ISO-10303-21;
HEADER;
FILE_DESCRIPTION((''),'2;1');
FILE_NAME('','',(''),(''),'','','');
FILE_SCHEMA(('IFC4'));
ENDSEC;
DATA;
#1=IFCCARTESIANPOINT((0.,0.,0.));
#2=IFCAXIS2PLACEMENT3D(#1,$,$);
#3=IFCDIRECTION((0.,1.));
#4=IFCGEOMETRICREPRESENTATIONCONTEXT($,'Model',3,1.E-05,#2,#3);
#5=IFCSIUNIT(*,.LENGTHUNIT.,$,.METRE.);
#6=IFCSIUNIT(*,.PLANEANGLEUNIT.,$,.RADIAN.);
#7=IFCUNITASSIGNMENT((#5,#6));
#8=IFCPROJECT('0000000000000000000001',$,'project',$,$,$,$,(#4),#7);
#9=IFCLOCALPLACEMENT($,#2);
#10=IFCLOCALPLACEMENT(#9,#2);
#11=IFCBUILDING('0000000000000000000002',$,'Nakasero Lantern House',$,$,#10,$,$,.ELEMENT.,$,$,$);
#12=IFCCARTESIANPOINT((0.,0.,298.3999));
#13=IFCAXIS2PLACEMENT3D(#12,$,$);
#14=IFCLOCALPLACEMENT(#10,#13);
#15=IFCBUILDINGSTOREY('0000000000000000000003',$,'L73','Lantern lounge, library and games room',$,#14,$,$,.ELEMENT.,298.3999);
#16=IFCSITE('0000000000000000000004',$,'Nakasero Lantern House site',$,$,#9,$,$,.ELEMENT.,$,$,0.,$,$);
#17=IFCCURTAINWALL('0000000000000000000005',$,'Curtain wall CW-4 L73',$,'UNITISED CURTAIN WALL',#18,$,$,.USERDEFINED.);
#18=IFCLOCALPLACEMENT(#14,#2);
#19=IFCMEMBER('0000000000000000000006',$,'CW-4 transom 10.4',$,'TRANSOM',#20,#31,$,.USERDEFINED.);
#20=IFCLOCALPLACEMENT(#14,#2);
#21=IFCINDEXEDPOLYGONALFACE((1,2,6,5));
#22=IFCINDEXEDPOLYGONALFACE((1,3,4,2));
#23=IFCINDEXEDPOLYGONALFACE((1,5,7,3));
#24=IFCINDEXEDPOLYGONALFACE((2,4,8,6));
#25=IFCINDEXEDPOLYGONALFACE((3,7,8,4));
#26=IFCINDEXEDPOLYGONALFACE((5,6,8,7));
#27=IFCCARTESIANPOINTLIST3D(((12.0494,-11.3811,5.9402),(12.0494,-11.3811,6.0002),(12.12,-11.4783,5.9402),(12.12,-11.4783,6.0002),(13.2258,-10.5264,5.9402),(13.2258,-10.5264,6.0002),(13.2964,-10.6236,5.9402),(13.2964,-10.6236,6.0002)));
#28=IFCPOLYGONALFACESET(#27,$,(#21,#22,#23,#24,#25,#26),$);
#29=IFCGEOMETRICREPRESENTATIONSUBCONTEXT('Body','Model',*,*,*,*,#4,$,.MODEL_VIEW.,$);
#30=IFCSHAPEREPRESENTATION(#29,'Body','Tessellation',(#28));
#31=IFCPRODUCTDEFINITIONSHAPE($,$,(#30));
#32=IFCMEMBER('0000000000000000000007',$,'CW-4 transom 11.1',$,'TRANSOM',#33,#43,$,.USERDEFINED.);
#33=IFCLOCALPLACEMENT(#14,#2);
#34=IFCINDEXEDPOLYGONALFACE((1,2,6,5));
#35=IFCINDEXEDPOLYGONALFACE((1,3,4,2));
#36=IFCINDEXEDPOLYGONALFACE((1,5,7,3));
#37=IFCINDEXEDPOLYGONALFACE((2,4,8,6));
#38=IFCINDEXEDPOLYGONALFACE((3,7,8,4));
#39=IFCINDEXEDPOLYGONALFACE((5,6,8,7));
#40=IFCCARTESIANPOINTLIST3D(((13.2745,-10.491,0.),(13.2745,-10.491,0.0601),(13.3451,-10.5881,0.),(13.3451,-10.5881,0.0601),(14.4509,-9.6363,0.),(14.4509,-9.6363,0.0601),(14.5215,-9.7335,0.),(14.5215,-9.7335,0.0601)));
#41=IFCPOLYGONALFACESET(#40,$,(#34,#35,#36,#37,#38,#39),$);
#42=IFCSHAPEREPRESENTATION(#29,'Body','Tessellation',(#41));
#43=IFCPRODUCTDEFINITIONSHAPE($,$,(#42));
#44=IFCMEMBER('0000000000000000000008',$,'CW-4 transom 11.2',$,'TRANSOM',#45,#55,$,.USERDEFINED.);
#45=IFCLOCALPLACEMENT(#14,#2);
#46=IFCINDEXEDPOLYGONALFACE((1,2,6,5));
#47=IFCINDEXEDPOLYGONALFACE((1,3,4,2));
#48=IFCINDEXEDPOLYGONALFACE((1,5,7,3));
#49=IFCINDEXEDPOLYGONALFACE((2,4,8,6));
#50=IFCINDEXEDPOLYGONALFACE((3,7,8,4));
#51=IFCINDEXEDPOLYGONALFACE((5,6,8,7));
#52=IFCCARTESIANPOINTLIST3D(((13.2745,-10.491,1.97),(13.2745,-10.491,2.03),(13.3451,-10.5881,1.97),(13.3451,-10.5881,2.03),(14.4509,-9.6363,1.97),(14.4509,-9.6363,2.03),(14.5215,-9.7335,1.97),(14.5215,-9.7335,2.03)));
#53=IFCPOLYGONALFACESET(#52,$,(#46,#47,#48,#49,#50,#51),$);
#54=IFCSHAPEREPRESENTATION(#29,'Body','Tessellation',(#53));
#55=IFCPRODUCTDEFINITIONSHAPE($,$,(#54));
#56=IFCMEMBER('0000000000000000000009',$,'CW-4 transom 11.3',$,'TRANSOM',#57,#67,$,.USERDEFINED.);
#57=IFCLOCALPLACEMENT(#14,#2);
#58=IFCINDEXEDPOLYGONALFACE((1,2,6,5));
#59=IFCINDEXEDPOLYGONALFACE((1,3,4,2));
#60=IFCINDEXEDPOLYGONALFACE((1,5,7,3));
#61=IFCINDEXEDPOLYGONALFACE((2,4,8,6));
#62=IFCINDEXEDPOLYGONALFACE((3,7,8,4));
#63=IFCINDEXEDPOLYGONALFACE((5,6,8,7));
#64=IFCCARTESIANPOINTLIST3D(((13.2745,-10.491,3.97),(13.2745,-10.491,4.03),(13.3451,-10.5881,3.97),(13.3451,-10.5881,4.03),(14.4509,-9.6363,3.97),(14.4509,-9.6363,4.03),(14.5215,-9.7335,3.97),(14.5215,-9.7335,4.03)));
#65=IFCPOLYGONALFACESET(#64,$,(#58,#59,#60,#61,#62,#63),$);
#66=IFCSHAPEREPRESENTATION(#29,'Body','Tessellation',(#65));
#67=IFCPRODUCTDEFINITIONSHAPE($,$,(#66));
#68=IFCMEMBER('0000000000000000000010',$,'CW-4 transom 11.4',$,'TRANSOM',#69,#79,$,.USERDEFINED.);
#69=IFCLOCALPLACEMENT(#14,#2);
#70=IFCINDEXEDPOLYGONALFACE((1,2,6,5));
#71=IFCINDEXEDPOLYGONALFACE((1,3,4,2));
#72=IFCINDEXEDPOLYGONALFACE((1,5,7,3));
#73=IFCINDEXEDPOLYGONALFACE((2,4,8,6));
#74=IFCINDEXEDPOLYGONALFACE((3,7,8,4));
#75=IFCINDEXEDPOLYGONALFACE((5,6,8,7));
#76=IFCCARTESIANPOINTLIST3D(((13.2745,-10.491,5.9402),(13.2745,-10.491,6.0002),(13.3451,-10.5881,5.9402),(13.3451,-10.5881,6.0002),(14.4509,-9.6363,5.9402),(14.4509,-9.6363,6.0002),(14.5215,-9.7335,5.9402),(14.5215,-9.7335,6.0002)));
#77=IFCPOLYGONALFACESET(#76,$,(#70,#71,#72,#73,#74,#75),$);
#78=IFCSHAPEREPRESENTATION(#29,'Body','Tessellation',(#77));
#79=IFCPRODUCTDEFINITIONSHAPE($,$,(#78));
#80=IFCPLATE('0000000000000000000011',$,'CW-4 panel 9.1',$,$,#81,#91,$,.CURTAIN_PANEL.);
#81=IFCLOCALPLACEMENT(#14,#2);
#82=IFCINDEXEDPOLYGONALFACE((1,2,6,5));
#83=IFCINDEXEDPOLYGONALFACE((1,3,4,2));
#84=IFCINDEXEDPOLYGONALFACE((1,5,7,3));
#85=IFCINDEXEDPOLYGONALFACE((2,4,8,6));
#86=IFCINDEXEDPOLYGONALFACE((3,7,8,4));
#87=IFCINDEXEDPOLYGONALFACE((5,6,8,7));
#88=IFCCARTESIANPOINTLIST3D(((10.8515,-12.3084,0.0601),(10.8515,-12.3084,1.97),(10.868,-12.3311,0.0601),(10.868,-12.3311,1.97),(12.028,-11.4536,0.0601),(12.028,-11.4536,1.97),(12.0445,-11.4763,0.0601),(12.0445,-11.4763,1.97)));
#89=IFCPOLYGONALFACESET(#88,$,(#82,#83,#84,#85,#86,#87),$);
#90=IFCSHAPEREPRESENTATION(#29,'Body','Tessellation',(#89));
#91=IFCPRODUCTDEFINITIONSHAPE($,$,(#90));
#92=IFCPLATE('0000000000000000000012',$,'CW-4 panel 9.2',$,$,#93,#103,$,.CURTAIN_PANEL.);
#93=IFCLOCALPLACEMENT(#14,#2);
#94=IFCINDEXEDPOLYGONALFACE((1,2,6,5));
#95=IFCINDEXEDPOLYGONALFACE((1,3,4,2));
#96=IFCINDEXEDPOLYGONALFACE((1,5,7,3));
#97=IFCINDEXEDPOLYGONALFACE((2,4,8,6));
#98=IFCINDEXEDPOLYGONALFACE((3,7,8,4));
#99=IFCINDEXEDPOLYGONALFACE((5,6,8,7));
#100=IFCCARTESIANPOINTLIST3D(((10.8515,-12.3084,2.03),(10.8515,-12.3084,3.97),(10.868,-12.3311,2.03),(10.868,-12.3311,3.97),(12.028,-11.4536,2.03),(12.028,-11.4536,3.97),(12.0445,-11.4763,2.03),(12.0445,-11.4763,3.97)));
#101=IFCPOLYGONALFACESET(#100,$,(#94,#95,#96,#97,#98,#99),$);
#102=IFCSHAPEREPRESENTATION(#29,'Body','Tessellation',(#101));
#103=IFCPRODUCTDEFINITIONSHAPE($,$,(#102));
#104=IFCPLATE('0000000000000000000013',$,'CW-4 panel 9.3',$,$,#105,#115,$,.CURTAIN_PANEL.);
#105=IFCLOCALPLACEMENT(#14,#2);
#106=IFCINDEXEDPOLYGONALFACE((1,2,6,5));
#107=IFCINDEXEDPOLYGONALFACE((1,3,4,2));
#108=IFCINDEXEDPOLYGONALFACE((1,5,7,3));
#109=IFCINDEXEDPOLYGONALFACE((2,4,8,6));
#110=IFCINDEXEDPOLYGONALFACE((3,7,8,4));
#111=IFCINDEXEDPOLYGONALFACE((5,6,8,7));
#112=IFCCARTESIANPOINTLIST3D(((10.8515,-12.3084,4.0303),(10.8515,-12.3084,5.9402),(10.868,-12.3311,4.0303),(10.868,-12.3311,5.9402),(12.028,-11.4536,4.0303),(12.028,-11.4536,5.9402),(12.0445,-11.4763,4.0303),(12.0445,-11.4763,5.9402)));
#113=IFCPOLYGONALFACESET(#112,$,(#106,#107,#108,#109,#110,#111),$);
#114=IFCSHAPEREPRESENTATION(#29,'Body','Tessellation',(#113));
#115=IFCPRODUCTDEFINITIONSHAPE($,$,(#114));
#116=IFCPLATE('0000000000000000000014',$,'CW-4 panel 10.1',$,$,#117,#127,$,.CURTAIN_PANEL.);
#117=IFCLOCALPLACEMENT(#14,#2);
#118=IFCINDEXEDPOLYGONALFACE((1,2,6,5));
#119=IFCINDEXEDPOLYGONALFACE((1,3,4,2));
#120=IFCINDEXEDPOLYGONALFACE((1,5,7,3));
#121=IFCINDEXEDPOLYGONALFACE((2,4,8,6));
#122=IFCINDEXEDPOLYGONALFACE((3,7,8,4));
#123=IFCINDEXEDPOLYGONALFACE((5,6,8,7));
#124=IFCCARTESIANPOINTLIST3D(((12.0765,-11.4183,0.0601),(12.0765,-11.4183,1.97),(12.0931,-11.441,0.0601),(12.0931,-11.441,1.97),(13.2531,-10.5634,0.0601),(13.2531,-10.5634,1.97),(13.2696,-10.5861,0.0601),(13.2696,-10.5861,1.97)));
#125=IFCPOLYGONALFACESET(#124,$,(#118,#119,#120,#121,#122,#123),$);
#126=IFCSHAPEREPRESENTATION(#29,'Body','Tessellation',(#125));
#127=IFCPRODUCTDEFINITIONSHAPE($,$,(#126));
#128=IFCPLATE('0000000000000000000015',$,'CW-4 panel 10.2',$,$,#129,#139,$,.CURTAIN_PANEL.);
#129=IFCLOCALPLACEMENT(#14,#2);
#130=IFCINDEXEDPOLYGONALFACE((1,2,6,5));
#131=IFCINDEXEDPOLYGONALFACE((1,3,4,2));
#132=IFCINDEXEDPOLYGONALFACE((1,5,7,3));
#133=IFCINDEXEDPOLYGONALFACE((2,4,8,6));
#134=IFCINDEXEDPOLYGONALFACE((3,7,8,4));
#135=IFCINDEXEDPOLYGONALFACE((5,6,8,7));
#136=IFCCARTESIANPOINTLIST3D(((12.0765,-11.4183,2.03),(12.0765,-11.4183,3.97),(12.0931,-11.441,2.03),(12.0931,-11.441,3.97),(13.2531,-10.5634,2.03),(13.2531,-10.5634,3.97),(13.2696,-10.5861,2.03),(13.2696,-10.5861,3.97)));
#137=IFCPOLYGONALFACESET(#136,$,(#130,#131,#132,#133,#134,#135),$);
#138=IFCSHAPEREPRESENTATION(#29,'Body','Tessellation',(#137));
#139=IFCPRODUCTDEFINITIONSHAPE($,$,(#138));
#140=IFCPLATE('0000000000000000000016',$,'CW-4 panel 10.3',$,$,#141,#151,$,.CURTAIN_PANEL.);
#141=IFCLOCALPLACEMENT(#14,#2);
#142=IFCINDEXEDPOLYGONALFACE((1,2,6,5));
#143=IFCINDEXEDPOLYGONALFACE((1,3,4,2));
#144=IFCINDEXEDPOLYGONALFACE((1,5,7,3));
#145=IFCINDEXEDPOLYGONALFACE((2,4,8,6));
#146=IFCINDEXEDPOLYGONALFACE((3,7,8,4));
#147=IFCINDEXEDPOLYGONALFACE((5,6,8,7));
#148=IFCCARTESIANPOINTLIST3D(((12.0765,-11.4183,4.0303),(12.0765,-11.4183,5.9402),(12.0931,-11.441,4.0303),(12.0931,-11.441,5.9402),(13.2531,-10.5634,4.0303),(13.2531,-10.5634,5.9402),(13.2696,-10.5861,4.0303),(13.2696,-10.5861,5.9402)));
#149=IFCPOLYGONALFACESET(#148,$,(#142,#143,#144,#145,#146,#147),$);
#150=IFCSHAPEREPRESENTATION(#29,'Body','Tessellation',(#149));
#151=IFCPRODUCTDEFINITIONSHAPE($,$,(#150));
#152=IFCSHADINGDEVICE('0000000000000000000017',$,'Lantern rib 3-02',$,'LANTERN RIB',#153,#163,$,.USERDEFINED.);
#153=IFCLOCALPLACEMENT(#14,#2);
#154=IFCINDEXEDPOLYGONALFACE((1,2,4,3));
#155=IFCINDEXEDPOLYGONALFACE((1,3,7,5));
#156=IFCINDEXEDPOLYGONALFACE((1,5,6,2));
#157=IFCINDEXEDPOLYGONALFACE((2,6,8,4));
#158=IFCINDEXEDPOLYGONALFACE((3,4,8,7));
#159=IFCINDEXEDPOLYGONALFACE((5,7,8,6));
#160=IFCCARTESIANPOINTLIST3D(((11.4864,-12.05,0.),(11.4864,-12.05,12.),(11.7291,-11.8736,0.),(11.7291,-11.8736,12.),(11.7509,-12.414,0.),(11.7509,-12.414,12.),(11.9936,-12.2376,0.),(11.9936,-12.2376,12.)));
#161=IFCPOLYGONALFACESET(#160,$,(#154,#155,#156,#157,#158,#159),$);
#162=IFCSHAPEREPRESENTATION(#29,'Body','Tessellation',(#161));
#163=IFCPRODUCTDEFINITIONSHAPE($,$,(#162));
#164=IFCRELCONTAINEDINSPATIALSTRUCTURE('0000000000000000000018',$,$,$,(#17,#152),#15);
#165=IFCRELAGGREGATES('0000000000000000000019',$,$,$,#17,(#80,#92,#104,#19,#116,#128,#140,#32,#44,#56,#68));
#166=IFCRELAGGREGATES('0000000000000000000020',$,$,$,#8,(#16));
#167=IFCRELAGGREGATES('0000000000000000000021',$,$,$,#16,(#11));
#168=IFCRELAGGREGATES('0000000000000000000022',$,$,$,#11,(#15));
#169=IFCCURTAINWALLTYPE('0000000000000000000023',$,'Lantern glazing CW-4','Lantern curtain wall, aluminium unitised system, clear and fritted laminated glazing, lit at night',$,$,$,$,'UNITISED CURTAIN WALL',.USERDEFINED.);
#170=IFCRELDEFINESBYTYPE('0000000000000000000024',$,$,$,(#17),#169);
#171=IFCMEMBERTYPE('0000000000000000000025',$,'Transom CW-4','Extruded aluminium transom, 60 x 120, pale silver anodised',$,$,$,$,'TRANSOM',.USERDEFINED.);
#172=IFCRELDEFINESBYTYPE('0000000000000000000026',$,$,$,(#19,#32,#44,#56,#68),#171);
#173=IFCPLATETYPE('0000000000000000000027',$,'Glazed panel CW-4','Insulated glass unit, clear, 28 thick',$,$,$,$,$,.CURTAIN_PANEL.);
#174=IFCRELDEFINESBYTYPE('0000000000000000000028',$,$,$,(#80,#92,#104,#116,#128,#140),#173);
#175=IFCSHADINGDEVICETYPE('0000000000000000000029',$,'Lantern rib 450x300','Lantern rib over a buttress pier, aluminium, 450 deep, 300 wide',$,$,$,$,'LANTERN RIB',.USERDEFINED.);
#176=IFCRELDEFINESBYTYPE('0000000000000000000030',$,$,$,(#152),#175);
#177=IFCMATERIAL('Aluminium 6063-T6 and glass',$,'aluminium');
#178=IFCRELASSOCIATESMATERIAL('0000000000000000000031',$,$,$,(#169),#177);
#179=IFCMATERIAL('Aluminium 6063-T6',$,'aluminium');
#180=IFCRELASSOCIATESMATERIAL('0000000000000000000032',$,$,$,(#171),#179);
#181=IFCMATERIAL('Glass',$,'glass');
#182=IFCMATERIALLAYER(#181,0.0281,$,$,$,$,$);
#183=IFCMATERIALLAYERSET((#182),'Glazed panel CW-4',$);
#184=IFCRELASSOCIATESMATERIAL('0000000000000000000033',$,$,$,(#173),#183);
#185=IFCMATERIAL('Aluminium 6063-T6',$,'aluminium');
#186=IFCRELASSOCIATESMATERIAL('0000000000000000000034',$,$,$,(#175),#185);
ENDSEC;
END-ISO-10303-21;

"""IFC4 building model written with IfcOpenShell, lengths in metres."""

from ifc_helpers import new_model, si_unit, direction, frame, origin, origin_2d, place, context, subcontext, project, spatial, rectangle, extrude, material, layer, layer_set, material_profile, profile_set, type_object, element, aggregate, save


model = new_model("IFC4")

# Units and contexts
model_context = context("Model", 3, precision=1e-05, world=origin(), true_north=direction((0.0, 1.0)))
body_context = subcontext(model_context, "Body", "Model", "MODEL_VIEW")
ifc_project = project(units=[si_unit("LENGTHUNIT", "METRE"), si_unit("PLANEANGLEUNIT", "RADIAN")], contexts=[model_context])

# Site, building, storey
site_placement = place(None, origin())
site = spatial("IfcSite", under=ifc_project, at=site_placement, Name="Nakasero Lantern House site", CompositionType="ELEMENT", RefElevation=0.0)
building_placement = place(site_placement, origin())
building = spatial("IfcBuilding", under=site, at=building_placement, Name="Nakasero Lantern House", CompositionType="ELEMENT")
storey_placement = place(building_placement, frame((0.0, 0.0, 298.3999)))
storey = spatial("IfcBuildingStorey", under=building, at=storey_placement, Name="L73", Description="Lantern lounge, library and games room", CompositionType="ELEMENT", Elevation=298.3999)

# Curtain wall
ifc_material_1 = material(Name="Aluminium 6063-T6 and glass", Category="aluminium")
curtain_wall_type = type_object("IfcCurtainWallType", Name="Lantern glazing CW-4", Description="Lantern curtain wall, aluminium unitised system, clear and fritted laminated glazing, lit at night", ElementType="UNITISED CURTAIN WALL", PredefinedType="USERDEFINED", material=ifc_material_1)
curtain_wall_placement = place(storey_placement, origin())
curtain_wall = element("IfcCurtainWall", 1, at=curtain_wall_placement, inside=storey, type_object=curtain_wall_type, Name="Curtain wall CW-4 L73", ObjectType="UNITISED CURTAIN WALL", PredefinedType="USERDEFINED")

# Members
ifc_material_2 = material(Name="Aluminium 6063-T6", Category="aluminium")
ifc_material_profile_1 = material_profile(ifc_material_2, rectangle(XDim=0.0601, YDim=0.1201, at=origin_2d()), Name="CW-4 transom 60x120")
ifc_profile_set_1 = profile_set([ifc_material_profile_1], Name="Aluminium 6063-T6")
member_type_1 = type_object("IfcMemberType", Name="Transom CW-4", Description="Extruded aluminium transom, 60 x 120, pale silver anodised", ElementType="TRANSOM", PredefinedType="USERDEFINED", material=ifc_profile_set_1)
member_1_placement = place(storey_placement, frame((12.0847, -11.4297, 5.9702), z_axis=(0.809034, 0.587762, 0.0), x_axis=(0.0, 0.0, 1.0)))
member_1 = element("IfcMember", 2, at=member_1_placement, type_object=member_type_1, Name="CW-4 transom 10.4", ObjectType="TRANSOM", PredefinedType="USERDEFINED", context=body_context, shape_type="SweptSolid", body=[
    extrude(rectangle(XDim=0.0601, YDim=0.1201, at=origin_2d()), origin(), (0.0, 0.0, 1.0), 1.4541),
])
member_2_placement = place(storey_placement, frame((13.3098, -10.5396, 0.03), z_axis=(0.809034, 0.587762, 0.0), x_axis=(0.0, 0.0, 1.0)))
member_2 = element("IfcMember", 3, at=member_2_placement, type_object=member_type_1, Name="CW-4 transom 11.1", ObjectType="TRANSOM", PredefinedType="USERDEFINED", context=body_context, shape_type="SweptSolid", body=[
    extrude(rectangle(XDim=0.0601, YDim=0.1201, at=origin_2d()), origin(), (0.0, 0.0, 1.0), 1.4541),
])
member_3_placement = place(storey_placement, frame((13.3098, -10.5396, 2.0), z_axis=(0.809034, 0.587762, 0.0), x_axis=(0.0, 0.0, 1.0)))
member_3 = element("IfcMember", 4, at=member_3_placement, type_object=member_type_1, Name="CW-4 transom 11.2", ObjectType="TRANSOM", PredefinedType="USERDEFINED", context=body_context, shape_type="SweptSolid", body=[
    extrude(rectangle(XDim=0.0601, YDim=0.1201, at=origin_2d()), origin(), (0.0, 0.0, 1.0), 1.4541),
])
member_4_placement = place(storey_placement, frame((13.3098, -10.5396, 4.0), z_axis=(0.809034, 0.587762, 0.0), x_axis=(0.0, 0.0, 1.0)))
member_4 = element("IfcMember", 5, at=member_4_placement, type_object=member_type_1, Name="CW-4 transom 11.3", ObjectType="TRANSOM", PredefinedType="USERDEFINED", context=body_context, shape_type="SweptSolid", body=[
    extrude(rectangle(XDim=0.0601, YDim=0.1201, at=origin_2d()), origin(), (0.0, 0.0, 1.0), 1.4541),
])
member_5_placement = place(storey_placement, frame((13.3098, -10.5396, 5.9702), z_axis=(0.809034, 0.587762, 0.0), x_axis=(0.0, 0.0, 1.0)))
member_5 = element("IfcMember", 6, at=member_5_placement, type_object=member_type_1, Name="CW-4 transom 11.4", ObjectType="TRANSOM", PredefinedType="USERDEFINED", context=body_context, shape_type="SweptSolid", body=[
    extrude(rectangle(XDim=0.0601, YDim=0.1201, at=origin_2d()), origin(), (0.0, 0.0, 1.0), 1.4541),
])

# Plates
ifc_material_3 = material(Name="Glass", Category="glass")
ifc_layer = layer(ifc_material_3, 0.0281)
ifc_layer_set = layer_set([ifc_layer], Name="Glazed panel CW-4")
plate_type = type_object("IfcPlateType", Name="Glazed panel CW-4", Description="Insulated glass unit, clear, 28 thick", PredefinedType="CURTAIN_PANEL", material=ifc_layer_set)
plate_1_placement = place(storey_placement, frame((11.448, -11.8923, 0.0601), z_axis=(0.0, 0.0, 1.0), x_axis=(0.809017, 0.587785, 0.0)))
plate_1 = element("IfcPlate", 7, at=plate_1_placement, type_object=plate_type, Name="CW-4 panel 9.1", PredefinedType="CURTAIN_PANEL", context=body_context, shape_type="SweptSolid", body=[
    extrude(rectangle(XDim=1.4543, YDim=0.0281, at=origin_2d()), origin(), (0.0, 0.0, 1.0), 1.9099),
])
plate_2_placement = place(storey_placement, frame((11.448, -11.8923, 2.03), z_axis=(0.0, 0.0, 1.0), x_axis=(0.809017, 0.587785, 0.0)))
plate_2 = element("IfcPlate", 8, at=plate_2_placement, type_object=plate_type, Name="CW-4 panel 9.2", PredefinedType="CURTAIN_PANEL", context=body_context, shape_type="SweptSolid", body=[
    extrude(rectangle(XDim=1.4543, YDim=0.0281, at=origin_2d()), origin(), (0.0, 0.0, 1.0), 1.9399),
])
plate_3_placement = place(storey_placement, frame((11.448, -11.8923, 4.0303), z_axis=(0.0, 0.0, 1.0), x_axis=(0.809017, 0.587785, 0.0)))
plate_3 = element("IfcPlate", 9, at=plate_3_placement, type_object=plate_type, Name="CW-4 panel 9.3", PredefinedType="CURTAIN_PANEL", context=body_context, shape_type="SweptSolid", body=[
    extrude(rectangle(XDim=1.4543, YDim=0.0281, at=origin_2d()), origin(), (0.0, 0.0, 1.0), 1.9099),
])
plate_4_placement = place(storey_placement, frame((12.6731, -11.0022, 0.0601), z_axis=(0.0, 0.0, 1.0), x_axis=(0.809017, 0.587785, 0.0)))
plate_4 = element("IfcPlate", 10, at=plate_4_placement, type_object=plate_type, Name="CW-4 panel 10.1", PredefinedType="CURTAIN_PANEL", context=body_context, shape_type="SweptSolid", body=[
    extrude(rectangle(XDim=1.4543, YDim=0.0281, at=origin_2d()), origin(), (0.0, 0.0, 1.0), 1.9099),
])
plate_5_placement = place(storey_placement, frame((12.6731, -11.0022, 2.03), z_axis=(0.0, 0.0, 1.0), x_axis=(0.809017, 0.587785, 0.0)))
plate_5 = element("IfcPlate", 11, at=plate_5_placement, type_object=plate_type, Name="CW-4 panel 10.2", PredefinedType="CURTAIN_PANEL", context=body_context, shape_type="SweptSolid", body=[
    extrude(rectangle(XDim=1.4543, YDim=0.0281, at=origin_2d()), origin(), (0.0, 0.0, 1.0), 1.9399),
])
plate_6_placement = place(storey_placement, frame((12.6731, -11.0022, 4.0303), z_axis=(0.0, 0.0, 1.0), x_axis=(0.809017, 0.587785, 0.0)))
plate_6 = element("IfcPlate", 12, at=plate_6_placement, type_object=plate_type, Name="CW-4 panel 10.3", PredefinedType="CURTAIN_PANEL", context=body_context, shape_type="SweptSolid", body=[
    extrude(rectangle(XDim=1.4543, YDim=0.0281, at=origin_2d()), origin(), (0.0, 0.0, 1.0), 1.9099),
])
aggregate(curtain_wall, [plate_1, plate_2, plate_3, member_1, plate_4, plate_5, plate_6, member_2, member_3, member_4, member_5])

# Shading device
ifc_material_4 = material(Name="Aluminium 6063-T6", Category="aluminium")
shading_device_type = type_object("IfcShadingDeviceType", Name="Lantern rib 450x300", Description="Lantern rib over a buttress pier, aluminium, 450 deep, 300 wide", ElementType="LANTERN RIB", PredefinedType="USERDEFINED", material=ifc_material_4)
shading_device_placement = place(storey_placement, frame((11.74, -12.1438, 0.0), z_axis=(0.0, 0.0, 1.0), x_axis=(0.587785, -0.809017, 0.0)))
element("IfcShadingDevice", 13, at=shading_device_placement, inside=storey, type_object=shading_device_type, Name="Lantern rib 3-02", ObjectType="LANTERN RIB", PredefinedType="USERDEFINED", context=body_context, shape_type="SweptSolid", body=[
    extrude(rectangle(XDim=0.45, YDim=0.3, at=origin_2d()), origin(), (0.0, 0.0, 1.0), 12.0),
])

save(model, "model.ifc")
